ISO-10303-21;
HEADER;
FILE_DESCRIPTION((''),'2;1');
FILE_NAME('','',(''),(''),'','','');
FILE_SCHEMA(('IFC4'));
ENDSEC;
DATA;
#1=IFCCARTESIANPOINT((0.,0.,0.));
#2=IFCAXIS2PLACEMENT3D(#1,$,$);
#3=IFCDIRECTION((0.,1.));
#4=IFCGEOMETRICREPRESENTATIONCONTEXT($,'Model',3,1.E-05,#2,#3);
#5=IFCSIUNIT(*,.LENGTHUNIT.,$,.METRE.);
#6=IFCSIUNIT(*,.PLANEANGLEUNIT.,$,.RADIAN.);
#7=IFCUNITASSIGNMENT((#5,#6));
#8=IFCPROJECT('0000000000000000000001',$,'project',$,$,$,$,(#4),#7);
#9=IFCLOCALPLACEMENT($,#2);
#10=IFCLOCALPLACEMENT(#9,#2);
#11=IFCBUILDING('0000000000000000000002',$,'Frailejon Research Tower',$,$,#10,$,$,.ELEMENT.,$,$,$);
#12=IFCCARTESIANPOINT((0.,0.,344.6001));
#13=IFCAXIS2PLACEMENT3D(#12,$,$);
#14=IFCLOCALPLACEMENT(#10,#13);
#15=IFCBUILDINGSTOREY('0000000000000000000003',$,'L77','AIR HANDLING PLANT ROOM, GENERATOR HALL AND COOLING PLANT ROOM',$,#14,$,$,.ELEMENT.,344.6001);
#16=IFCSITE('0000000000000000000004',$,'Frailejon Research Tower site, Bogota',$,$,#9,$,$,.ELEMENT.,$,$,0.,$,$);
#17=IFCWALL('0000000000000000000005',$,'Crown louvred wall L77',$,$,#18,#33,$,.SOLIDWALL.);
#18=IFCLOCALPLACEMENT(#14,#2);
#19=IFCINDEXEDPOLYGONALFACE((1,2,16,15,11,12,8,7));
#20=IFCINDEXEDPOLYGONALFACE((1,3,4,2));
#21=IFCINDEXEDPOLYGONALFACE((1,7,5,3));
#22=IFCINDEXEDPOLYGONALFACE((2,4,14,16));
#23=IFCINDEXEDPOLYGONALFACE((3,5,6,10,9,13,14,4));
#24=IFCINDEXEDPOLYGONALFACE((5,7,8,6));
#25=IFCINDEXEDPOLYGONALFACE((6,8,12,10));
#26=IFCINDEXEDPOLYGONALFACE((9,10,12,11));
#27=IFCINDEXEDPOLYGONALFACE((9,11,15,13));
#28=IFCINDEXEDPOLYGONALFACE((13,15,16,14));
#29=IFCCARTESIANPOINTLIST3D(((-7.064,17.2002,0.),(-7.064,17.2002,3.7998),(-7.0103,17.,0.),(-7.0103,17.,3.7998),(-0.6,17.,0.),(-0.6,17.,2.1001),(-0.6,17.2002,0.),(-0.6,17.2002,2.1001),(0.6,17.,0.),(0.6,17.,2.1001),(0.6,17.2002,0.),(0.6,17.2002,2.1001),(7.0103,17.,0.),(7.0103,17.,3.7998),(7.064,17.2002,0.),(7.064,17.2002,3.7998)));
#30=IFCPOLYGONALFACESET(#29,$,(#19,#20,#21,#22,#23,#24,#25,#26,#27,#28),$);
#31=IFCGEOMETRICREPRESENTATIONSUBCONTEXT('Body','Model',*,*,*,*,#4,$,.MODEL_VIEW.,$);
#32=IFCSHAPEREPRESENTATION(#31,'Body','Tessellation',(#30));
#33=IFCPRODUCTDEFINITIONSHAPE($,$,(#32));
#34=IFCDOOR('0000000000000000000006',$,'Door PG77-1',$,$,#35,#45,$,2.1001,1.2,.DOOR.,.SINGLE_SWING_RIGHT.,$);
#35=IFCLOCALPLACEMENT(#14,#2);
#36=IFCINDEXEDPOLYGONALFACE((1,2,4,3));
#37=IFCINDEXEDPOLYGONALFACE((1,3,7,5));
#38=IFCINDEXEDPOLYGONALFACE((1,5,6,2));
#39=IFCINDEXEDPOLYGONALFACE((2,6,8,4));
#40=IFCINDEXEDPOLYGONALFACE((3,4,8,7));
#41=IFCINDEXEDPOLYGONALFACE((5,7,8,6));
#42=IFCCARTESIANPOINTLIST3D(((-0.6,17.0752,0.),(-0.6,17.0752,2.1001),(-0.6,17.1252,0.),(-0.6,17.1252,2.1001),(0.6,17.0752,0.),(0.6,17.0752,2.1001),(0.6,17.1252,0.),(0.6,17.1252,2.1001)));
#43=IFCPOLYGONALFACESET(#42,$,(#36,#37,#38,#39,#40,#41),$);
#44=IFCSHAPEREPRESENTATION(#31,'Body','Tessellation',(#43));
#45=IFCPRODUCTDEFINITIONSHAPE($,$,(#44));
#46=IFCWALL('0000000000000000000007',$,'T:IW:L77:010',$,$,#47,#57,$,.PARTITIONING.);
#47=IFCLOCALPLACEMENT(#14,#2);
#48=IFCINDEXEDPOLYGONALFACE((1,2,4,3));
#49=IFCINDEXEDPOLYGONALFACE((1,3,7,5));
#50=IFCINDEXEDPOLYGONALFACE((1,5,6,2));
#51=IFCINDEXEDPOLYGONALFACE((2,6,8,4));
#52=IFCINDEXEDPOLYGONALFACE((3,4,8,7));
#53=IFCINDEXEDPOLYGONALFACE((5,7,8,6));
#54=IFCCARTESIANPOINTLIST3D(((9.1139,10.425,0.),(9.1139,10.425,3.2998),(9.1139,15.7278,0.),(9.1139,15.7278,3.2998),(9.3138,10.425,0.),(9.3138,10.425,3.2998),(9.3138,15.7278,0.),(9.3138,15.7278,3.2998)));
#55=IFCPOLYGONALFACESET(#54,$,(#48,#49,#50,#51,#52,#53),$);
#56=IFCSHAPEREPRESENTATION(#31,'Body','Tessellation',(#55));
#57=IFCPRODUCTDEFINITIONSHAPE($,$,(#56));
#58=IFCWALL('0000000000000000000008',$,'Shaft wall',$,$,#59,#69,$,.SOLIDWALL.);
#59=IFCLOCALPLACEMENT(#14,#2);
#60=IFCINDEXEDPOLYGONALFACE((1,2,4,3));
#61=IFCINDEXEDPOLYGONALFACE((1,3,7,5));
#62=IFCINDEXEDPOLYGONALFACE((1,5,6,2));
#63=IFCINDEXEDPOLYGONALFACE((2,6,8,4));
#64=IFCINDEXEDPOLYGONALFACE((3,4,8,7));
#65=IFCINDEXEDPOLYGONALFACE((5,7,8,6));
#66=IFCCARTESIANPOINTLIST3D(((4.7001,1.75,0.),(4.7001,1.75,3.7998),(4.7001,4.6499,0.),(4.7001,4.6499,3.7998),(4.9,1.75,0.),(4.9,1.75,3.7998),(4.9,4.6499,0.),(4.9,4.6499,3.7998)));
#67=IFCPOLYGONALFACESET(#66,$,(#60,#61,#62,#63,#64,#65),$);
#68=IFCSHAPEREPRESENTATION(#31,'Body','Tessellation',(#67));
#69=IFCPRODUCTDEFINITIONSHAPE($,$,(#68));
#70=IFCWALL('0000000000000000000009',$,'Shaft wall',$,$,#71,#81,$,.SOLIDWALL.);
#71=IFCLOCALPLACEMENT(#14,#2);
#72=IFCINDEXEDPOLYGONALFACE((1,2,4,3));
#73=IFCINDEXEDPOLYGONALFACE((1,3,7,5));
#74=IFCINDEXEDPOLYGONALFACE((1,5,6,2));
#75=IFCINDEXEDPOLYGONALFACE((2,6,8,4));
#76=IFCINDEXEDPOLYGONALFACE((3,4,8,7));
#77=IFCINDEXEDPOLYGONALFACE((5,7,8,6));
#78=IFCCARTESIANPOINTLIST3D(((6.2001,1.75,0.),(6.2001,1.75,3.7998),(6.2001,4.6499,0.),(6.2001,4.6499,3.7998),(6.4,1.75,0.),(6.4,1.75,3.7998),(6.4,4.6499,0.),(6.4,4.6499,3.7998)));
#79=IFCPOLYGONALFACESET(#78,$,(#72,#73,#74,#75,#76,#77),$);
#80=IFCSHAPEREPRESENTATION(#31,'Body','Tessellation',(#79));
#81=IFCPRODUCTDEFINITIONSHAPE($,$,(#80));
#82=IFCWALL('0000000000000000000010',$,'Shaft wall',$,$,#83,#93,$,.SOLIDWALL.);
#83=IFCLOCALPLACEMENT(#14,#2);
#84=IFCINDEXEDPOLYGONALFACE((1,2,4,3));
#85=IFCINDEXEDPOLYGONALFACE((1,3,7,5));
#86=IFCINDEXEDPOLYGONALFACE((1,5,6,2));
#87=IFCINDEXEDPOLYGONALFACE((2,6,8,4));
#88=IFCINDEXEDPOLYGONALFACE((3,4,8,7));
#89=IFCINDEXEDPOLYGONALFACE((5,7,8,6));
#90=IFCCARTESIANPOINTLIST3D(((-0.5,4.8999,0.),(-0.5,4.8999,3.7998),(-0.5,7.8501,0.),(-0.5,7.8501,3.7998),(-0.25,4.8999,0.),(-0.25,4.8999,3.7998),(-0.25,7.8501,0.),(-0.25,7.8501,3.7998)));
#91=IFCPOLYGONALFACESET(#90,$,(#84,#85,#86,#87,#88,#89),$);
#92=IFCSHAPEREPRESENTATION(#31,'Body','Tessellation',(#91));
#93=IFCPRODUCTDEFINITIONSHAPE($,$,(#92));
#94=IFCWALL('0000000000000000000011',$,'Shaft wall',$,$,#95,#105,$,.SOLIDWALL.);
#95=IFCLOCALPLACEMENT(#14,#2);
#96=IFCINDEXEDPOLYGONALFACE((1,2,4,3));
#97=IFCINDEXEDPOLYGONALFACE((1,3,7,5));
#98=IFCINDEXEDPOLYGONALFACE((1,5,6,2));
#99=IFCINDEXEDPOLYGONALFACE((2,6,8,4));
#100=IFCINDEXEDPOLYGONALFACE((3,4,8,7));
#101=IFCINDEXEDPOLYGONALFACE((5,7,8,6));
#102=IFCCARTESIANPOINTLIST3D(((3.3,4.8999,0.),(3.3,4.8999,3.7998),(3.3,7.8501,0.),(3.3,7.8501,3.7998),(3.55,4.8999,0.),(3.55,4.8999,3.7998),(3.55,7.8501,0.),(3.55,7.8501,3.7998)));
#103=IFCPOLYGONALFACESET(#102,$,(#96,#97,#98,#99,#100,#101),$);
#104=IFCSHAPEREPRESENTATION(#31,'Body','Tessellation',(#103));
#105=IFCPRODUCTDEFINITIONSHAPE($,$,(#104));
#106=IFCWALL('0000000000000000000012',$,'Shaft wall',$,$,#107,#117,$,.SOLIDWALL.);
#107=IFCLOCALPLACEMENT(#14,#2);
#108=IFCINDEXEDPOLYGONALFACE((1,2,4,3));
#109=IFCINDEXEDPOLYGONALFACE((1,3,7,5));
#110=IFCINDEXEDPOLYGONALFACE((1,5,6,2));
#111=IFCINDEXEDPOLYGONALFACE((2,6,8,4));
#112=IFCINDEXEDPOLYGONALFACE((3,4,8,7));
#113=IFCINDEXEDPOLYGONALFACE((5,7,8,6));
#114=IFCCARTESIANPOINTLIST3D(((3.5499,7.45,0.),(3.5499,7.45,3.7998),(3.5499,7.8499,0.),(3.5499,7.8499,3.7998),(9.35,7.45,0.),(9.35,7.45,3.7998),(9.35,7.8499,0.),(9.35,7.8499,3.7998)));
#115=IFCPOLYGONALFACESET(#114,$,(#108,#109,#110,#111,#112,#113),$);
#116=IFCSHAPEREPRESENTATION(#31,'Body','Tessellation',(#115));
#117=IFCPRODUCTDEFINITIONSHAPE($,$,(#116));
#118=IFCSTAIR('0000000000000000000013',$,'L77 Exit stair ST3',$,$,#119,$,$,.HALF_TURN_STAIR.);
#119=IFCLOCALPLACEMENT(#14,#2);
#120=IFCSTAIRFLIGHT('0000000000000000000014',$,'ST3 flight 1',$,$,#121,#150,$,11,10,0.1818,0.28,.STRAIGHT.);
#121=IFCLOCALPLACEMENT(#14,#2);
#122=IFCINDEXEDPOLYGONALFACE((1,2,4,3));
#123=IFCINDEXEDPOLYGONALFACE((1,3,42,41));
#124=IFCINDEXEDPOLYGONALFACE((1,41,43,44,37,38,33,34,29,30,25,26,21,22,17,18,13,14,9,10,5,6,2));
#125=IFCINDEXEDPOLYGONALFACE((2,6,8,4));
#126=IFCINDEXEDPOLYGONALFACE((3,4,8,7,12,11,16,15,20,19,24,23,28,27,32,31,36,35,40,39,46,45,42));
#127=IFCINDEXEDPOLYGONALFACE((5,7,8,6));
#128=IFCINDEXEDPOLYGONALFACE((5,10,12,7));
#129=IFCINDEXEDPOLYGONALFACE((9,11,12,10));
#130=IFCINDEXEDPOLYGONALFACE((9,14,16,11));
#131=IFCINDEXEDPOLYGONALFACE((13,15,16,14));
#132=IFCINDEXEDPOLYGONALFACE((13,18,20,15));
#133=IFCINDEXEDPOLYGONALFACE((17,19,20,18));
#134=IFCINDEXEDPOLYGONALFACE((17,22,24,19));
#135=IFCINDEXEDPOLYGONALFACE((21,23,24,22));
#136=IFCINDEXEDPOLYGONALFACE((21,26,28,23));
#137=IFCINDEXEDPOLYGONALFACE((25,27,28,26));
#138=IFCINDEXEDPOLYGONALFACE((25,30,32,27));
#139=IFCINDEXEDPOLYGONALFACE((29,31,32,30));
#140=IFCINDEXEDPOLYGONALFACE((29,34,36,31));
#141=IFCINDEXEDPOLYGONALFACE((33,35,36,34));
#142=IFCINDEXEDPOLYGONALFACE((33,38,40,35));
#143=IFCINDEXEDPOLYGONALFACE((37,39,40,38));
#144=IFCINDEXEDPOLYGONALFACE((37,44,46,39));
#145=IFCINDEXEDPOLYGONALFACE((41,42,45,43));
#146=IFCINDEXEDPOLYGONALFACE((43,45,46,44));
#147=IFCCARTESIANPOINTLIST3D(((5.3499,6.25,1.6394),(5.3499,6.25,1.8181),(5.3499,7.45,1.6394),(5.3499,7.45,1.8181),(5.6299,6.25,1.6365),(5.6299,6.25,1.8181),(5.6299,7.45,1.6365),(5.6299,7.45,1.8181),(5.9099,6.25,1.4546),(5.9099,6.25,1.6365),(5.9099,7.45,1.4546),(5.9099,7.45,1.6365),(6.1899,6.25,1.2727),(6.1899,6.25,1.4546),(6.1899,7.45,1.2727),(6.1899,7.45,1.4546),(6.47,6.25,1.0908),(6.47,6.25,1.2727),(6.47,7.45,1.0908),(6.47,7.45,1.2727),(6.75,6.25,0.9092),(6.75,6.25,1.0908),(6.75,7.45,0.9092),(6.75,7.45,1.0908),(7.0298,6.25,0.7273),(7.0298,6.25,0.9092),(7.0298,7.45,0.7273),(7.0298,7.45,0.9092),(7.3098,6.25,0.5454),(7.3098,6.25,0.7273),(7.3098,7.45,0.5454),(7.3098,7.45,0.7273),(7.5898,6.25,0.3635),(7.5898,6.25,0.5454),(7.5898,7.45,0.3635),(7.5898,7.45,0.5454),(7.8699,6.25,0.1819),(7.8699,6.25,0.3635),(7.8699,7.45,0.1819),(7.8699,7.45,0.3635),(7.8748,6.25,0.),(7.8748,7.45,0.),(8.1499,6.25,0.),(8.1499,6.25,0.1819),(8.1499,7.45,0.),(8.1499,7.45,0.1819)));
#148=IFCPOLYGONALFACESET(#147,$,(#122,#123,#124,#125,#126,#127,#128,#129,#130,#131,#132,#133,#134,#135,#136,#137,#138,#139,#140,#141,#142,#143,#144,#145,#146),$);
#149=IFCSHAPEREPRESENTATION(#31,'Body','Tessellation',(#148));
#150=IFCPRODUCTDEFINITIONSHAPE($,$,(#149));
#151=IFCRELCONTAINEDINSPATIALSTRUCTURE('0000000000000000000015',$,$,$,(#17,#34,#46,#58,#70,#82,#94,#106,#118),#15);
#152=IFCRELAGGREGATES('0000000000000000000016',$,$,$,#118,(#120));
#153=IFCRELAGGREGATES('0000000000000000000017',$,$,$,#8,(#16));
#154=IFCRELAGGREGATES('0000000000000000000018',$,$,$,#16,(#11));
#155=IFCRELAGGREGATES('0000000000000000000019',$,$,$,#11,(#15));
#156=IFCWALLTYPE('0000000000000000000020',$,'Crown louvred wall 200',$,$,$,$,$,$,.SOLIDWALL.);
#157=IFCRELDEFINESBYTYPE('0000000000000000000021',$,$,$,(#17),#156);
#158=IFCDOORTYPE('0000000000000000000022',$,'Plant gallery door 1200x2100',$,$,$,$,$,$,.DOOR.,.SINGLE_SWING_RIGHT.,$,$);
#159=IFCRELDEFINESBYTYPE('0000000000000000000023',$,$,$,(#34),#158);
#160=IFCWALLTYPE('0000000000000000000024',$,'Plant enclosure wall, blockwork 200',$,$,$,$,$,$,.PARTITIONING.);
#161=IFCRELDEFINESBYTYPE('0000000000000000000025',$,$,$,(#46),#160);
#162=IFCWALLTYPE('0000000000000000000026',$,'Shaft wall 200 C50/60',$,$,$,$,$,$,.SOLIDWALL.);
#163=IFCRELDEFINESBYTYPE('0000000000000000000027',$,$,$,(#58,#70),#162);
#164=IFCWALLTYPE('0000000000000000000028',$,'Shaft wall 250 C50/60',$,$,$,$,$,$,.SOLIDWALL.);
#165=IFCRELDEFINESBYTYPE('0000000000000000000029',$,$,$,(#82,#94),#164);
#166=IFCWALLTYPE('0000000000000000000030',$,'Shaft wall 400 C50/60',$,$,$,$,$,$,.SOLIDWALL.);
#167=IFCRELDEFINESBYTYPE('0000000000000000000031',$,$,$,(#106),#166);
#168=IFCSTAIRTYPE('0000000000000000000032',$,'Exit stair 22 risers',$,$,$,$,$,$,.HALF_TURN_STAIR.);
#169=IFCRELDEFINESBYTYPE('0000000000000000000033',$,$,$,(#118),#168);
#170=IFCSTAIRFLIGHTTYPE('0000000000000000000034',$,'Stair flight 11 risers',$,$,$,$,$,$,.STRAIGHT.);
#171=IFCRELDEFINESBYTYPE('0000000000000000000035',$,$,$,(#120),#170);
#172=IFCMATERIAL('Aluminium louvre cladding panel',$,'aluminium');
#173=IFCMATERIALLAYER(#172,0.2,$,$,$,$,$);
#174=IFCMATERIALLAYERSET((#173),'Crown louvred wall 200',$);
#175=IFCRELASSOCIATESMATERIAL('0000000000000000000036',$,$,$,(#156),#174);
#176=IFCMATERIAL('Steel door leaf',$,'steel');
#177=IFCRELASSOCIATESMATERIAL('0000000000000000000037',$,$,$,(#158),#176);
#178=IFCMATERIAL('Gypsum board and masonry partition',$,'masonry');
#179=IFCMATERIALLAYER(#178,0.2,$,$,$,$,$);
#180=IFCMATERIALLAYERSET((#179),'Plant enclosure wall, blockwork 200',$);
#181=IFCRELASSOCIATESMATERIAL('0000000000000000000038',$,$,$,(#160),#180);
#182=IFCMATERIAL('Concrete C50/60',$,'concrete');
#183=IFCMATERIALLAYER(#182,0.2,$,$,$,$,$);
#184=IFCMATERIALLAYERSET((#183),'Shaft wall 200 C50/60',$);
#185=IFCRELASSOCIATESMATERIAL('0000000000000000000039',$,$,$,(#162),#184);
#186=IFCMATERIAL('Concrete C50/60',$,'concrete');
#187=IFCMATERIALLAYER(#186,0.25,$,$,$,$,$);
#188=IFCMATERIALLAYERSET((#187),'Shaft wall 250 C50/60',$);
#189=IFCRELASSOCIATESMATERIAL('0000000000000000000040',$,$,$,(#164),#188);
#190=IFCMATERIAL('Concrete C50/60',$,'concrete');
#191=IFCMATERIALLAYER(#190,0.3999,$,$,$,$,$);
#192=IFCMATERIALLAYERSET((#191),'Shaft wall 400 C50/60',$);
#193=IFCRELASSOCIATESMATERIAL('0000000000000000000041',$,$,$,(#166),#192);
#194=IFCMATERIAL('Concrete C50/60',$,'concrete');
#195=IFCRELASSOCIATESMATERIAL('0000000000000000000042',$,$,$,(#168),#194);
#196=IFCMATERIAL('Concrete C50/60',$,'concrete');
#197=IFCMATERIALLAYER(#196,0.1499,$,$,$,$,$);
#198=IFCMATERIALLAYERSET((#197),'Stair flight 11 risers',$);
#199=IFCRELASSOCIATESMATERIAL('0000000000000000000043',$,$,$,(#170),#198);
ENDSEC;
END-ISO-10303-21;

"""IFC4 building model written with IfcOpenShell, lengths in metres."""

from ifc_helpers import new_model, si_unit, direction, frame, frame_2d, origin, place, context, subcontext, project, spatial, polyline, rectangle, outline, extrude, material, layer, layer_set, type_object, element, fill, aggregate, save


model = new_model("IFC4")

# Units and contexts
model_context = context("Model", 3, precision=1e-05, world=origin(), true_north=direction((0.0, 1.0)))
body_context = subcontext(model_context, "Body", "Model", "MODEL_VIEW")
ifc_project = project(units=[si_unit("LENGTHUNIT", "METRE"), si_unit("PLANEANGLEUNIT", "RADIAN")], contexts=[model_context])

# Site, building, storey
site_placement = place(None, origin())
site = spatial("IfcSite", under=ifc_project, at=site_placement, Name="Frailejon Research Tower site, Bogota", CompositionType="ELEMENT", RefElevation=0.0)
building_placement = place(site_placement, origin())
building = spatial("IfcBuilding", under=site, at=building_placement, Name="Frailejon Research Tower", CompositionType="ELEMENT")
storey_placement = place(building_placement, frame((0.0, 0.0, 344.6001)))
storey = spatial("IfcBuildingStorey", under=building, at=storey_placement, Name="L77", Description="AIR HANDLING PLANT ROOM, GENERATOR HALL AND COOLING PLANT ROOM", CompositionType="ELEMENT", Elevation=344.6001)

# Wall, opening, door
ifc_material_1 = material(Name="Aluminium louvre cladding panel", Category="aluminium")
ifc_layer_1 = layer(ifc_material_1, 0.2)
ifc_layer_set_1 = layer_set([ifc_layer_1], Name="Crown louvred wall 200")
wall_type_1 = type_object("IfcWallType", Name="Crown louvred wall 200", PredefinedType="SOLIDWALL", material=ifc_layer_set_1)
wall_1_placement = place(storey_placement, frame((7.0371, 17.1001, 0.0), z_axis=(0.0, 0.0, 1.0), x_axis=(-1.0, 0.0, 0.0)))
wall_1 = element("IfcWall", 1, at=wall_1_placement, inside=storey, type_object=wall_type_1, Name="Crown louvred wall L77", PredefinedType="SOLIDWALL", context=body_context, shape_type="SweptSolid", body=[
    extrude(outline(polyline([(-0.0269, -0.1001), (14.1011, -0.1001), (14.0474, 0.1001), (0.0269, 0.1001), (-0.0269, -0.1001)])), origin(), (0.0, 0.0, 1.0), 3.7998),
])
opening_1_placement = place(wall_1_placement, frame((6.437, 0.0, 0.0)))
opening_1 = element("IfcOpeningElement", 2, at=opening_1_placement, cuts=wall_1, PredefinedType="OPENING", context=body_context, shape_type="SweptSolid", body=[
    extrude(rectangle(XDim=1.2, YDim=2.1001, at=frame_2d((0.6001, 1.05))), frame((0.0, 0.1099, 0.0), z_axis=(0.0, -1.0, 0.0), x_axis=(1.0, 0.0, 0.0)), (0.0, 0.0, 1.0), 0.22),
])
ifc_material_2 = material(Name="Steel door leaf", Category="steel")
door_type_1 = type_object("IfcDoorType", Name="Plant gallery door 1200x2100", OperationType="SINGLE_SWING_RIGHT", PredefinedType="DOOR", material=ifc_material_2)
door_1_placement = place(opening_1_placement, origin())
door_1 = element("IfcDoor", 3, at=door_1_placement, inside=storey, type_object=door_type_1, Name="Door PG77-1", OperationType="SINGLE_SWING_RIGHT", OverallHeight=2.1001, OverallWidth=1.2, PredefinedType="DOOR", context=body_context, shape_type="SweptSolid", body=[
    extrude(rectangle(XDim=1.2, YDim=2.1001, at=frame_2d((0.6001, 1.05))), frame((0.0, 0.0249, 0.0), z_axis=(0.0, -1.0, 0.0), x_axis=(1.0, 0.0, 0.0)), (0.0, 0.0, 1.0), 0.05),
])
fill(opening_1, door_1)

# Walls
ifc_material_3 = material(Name="Gypsum board and masonry partition", Category="masonry")
ifc_layer_2 = layer(ifc_material_3, 0.2)
ifc_layer_set_2 = layer_set([ifc_layer_2], Name="Plant enclosure wall, blockwork 200")
wall_type_2 = type_object("IfcWallType", Name="Plant enclosure wall, blockwork 200", PredefinedType="PARTITIONING", material=ifc_layer_set_2)
wall_2_placement = place(storey_placement, frame((9.2139, 10.425, 0.0), z_axis=(0.0, 0.0, 1.0), x_axis=(0.0, 1.0, 0.0)))
element("IfcWall", 4, at=wall_2_placement, inside=storey, type_object=wall_type_2, Name="T:IW:L77:010", PredefinedType="PARTITIONING", context=body_context, shape_type="SweptSolid", body=[
    extrude(rectangle(XDim=5.3027, YDim=0.2, at=frame_2d((2.6514, 0.0))), origin(), (0.0, 0.0, 1.0), 3.2998),
])
ifc_material_4 = material(Name="Concrete C50/60", Category="concrete")
ifc_layer_3 = layer(ifc_material_4, 0.2)
ifc_layer_set_3 = layer_set([ifc_layer_3], Name="Shaft wall 200 C50/60")
wall_type_3 = type_object("IfcWallType", Name="Shaft wall 200 C50/60", PredefinedType="SOLIDWALL", material=ifc_layer_set_3)
for number, where, z_axis, x_axis, name in (
    (5, (4.8, 1.75, 0.0), (0.0, 0.0, 1.0), (0.0, 1.0, 0.0), "Shaft wall"),
    (6, (6.3, 1.75, 0.0), (0.0, 0.0, 1.0), (0.0, 1.0, 0.0), "Shaft wall"),
):
    element("IfcWall", number, at=place(storey_placement, frame(where, z_axis=z_axis, x_axis=x_axis)), inside=storey, type_object=wall_type_3, Name=name, PredefinedType="SOLIDWALL", context=body_context, shape_type="SweptSolid", body=[
        extrude(rectangle(XDim=2.8999, YDim=0.2, at=frame_2d((1.45, 0.0))), origin(), (0.0, 0.0, 1.0), 3.7998),
    ])
ifc_material_5 = material(Name="Concrete C50/60", Category="concrete")
ifc_layer_4 = layer(ifc_material_5, 0.25)
ifc_layer_set_4 = layer_set([ifc_layer_4], Name="Shaft wall 250 C50/60")
wall_type_4 = type_object("IfcWallType", Name="Shaft wall 250 C50/60", PredefinedType="SOLIDWALL", material=ifc_layer_set_4)
for number, where, z_axis, x_axis, name in (
    (7, (-0.375, 4.8999, 0.0), (0.0, 0.0, 1.0), (0.0, 1.0, 0.0), "Shaft wall"),
    (8, (3.425, 4.8999, 0.0), (0.0, 0.0, 1.0), (0.0, 1.0, 0.0), "Shaft wall"),
):
    element("IfcWall", number, at=place(storey_placement, frame(where, z_axis=z_axis, x_axis=x_axis)), inside=storey, type_object=wall_type_4, Name=name, PredefinedType="SOLIDWALL", context=body_context, shape_type="SweptSolid", body=[
        extrude(rectangle(XDim=2.9502, YDim=0.25, at=frame_2d((1.4751, 0.0))), origin(), (0.0, 0.0, 1.0), 3.7998),
    ])
ifc_material_6 = material(Name="Concrete C50/60", Category="concrete")
ifc_layer_5 = layer(ifc_material_6, 0.3999)
ifc_layer_set_5 = layer_set([ifc_layer_5], Name="Shaft wall 400 C50/60")
wall_type_5 = type_object("IfcWallType", Name="Shaft wall 400 C50/60", PredefinedType="SOLIDWALL", material=ifc_layer_set_5)
wall_3_placement = place(storey_placement, frame((3.55, 7.6499, 0.0), z_axis=(0.0, 0.0, 1.0), x_axis=(1.0, 0.0, 0.0)))
element("IfcWall", 9, at=wall_3_placement, inside=storey, type_object=wall_type_5, Name="Shaft wall", PredefinedType="SOLIDWALL", context=body_context, shape_type="SweptSolid", body=[
    extrude(rectangle(XDim=5.8, YDim=0.3999, at=frame_2d((2.8999, 0.0))), origin(), (0.0, 0.0, 1.0), 3.7998),
])

# Stair, stair flight
ifc_material_7 = material(Name="Concrete C50/60", Category="concrete")
stair_type = type_object("IfcStairType", Name="Exit stair 22 risers", PredefinedType="HALF_TURN_STAIR", material=ifc_material_7)
stair_placement = place(storey_placement, origin())
stair = element("IfcStair", 10, at=stair_placement, inside=storey, type_object=stair_type, Name="L77 Exit stair ST3", PredefinedType="HALF_TURN_STAIR")
ifc_material_8 = material(Name="Concrete C50/60", Category="concrete")
ifc_layer_6 = layer(ifc_material_8, 0.1499)
ifc_layer_set_6 = layer_set([ifc_layer_6], Name="Stair flight 11 risers")
stair_flight_type = type_object("IfcStairFlightType", Name="Stair flight 11 risers", PredefinedType="STRAIGHT", material=ifc_layer_set_6)
stair_flight_1_placement = place(storey_placement, frame((8.1499, 6.8501, 0.0), z_axis=(0.0, 0.0, 1.0), x_axis=(-1.0, 0.0, 0.0)))
stair_flight_1 = element("IfcStairFlight", 11, at=stair_flight_1_placement, type_object=stair_flight_type, Name="ST3 flight 1", NumberOfRisers=11, NumberOfTreads=10, PredefinedType="STRAIGHT", RiserHeight=0.1818, TreadLength=0.28, context=body_context, shape_type="SweptSolid", body=[
    extrude(outline(polyline([(0.0, 0.0), (0.0, 0.1819), (0.28, 0.1819), (0.28, 0.3635), (0.5601, 0.3635), (0.5601, 0.5454), (0.8401, 0.5454), (0.8401, 0.7273), (1.1201, 0.7273), (1.1201, 0.9092), (1.3999, 0.9092), (1.3999, 1.0908), (1.6799, 1.0908), (1.6799, 1.2727), (1.96, 1.2727), (1.96, 1.4546), (2.24, 1.4546), (2.24, 1.6365), (2.52, 1.6365), (2.52, 1.8181), (2.8, 1.8181), (2.8, 2.0), (2.8, 1.6394), (0.2751, 0.0), (0.0, 0.0)])), frame((0.0, 0.6001, 0.0), z_axis=(0.0, -1.0, 0.0), x_axis=(1.0, 0.0, 0.0)), (0.0, 0.0, 1.0), 1.2),
])
aggregate(stair, [stair_flight_1])

save(model, "model.ifc")
